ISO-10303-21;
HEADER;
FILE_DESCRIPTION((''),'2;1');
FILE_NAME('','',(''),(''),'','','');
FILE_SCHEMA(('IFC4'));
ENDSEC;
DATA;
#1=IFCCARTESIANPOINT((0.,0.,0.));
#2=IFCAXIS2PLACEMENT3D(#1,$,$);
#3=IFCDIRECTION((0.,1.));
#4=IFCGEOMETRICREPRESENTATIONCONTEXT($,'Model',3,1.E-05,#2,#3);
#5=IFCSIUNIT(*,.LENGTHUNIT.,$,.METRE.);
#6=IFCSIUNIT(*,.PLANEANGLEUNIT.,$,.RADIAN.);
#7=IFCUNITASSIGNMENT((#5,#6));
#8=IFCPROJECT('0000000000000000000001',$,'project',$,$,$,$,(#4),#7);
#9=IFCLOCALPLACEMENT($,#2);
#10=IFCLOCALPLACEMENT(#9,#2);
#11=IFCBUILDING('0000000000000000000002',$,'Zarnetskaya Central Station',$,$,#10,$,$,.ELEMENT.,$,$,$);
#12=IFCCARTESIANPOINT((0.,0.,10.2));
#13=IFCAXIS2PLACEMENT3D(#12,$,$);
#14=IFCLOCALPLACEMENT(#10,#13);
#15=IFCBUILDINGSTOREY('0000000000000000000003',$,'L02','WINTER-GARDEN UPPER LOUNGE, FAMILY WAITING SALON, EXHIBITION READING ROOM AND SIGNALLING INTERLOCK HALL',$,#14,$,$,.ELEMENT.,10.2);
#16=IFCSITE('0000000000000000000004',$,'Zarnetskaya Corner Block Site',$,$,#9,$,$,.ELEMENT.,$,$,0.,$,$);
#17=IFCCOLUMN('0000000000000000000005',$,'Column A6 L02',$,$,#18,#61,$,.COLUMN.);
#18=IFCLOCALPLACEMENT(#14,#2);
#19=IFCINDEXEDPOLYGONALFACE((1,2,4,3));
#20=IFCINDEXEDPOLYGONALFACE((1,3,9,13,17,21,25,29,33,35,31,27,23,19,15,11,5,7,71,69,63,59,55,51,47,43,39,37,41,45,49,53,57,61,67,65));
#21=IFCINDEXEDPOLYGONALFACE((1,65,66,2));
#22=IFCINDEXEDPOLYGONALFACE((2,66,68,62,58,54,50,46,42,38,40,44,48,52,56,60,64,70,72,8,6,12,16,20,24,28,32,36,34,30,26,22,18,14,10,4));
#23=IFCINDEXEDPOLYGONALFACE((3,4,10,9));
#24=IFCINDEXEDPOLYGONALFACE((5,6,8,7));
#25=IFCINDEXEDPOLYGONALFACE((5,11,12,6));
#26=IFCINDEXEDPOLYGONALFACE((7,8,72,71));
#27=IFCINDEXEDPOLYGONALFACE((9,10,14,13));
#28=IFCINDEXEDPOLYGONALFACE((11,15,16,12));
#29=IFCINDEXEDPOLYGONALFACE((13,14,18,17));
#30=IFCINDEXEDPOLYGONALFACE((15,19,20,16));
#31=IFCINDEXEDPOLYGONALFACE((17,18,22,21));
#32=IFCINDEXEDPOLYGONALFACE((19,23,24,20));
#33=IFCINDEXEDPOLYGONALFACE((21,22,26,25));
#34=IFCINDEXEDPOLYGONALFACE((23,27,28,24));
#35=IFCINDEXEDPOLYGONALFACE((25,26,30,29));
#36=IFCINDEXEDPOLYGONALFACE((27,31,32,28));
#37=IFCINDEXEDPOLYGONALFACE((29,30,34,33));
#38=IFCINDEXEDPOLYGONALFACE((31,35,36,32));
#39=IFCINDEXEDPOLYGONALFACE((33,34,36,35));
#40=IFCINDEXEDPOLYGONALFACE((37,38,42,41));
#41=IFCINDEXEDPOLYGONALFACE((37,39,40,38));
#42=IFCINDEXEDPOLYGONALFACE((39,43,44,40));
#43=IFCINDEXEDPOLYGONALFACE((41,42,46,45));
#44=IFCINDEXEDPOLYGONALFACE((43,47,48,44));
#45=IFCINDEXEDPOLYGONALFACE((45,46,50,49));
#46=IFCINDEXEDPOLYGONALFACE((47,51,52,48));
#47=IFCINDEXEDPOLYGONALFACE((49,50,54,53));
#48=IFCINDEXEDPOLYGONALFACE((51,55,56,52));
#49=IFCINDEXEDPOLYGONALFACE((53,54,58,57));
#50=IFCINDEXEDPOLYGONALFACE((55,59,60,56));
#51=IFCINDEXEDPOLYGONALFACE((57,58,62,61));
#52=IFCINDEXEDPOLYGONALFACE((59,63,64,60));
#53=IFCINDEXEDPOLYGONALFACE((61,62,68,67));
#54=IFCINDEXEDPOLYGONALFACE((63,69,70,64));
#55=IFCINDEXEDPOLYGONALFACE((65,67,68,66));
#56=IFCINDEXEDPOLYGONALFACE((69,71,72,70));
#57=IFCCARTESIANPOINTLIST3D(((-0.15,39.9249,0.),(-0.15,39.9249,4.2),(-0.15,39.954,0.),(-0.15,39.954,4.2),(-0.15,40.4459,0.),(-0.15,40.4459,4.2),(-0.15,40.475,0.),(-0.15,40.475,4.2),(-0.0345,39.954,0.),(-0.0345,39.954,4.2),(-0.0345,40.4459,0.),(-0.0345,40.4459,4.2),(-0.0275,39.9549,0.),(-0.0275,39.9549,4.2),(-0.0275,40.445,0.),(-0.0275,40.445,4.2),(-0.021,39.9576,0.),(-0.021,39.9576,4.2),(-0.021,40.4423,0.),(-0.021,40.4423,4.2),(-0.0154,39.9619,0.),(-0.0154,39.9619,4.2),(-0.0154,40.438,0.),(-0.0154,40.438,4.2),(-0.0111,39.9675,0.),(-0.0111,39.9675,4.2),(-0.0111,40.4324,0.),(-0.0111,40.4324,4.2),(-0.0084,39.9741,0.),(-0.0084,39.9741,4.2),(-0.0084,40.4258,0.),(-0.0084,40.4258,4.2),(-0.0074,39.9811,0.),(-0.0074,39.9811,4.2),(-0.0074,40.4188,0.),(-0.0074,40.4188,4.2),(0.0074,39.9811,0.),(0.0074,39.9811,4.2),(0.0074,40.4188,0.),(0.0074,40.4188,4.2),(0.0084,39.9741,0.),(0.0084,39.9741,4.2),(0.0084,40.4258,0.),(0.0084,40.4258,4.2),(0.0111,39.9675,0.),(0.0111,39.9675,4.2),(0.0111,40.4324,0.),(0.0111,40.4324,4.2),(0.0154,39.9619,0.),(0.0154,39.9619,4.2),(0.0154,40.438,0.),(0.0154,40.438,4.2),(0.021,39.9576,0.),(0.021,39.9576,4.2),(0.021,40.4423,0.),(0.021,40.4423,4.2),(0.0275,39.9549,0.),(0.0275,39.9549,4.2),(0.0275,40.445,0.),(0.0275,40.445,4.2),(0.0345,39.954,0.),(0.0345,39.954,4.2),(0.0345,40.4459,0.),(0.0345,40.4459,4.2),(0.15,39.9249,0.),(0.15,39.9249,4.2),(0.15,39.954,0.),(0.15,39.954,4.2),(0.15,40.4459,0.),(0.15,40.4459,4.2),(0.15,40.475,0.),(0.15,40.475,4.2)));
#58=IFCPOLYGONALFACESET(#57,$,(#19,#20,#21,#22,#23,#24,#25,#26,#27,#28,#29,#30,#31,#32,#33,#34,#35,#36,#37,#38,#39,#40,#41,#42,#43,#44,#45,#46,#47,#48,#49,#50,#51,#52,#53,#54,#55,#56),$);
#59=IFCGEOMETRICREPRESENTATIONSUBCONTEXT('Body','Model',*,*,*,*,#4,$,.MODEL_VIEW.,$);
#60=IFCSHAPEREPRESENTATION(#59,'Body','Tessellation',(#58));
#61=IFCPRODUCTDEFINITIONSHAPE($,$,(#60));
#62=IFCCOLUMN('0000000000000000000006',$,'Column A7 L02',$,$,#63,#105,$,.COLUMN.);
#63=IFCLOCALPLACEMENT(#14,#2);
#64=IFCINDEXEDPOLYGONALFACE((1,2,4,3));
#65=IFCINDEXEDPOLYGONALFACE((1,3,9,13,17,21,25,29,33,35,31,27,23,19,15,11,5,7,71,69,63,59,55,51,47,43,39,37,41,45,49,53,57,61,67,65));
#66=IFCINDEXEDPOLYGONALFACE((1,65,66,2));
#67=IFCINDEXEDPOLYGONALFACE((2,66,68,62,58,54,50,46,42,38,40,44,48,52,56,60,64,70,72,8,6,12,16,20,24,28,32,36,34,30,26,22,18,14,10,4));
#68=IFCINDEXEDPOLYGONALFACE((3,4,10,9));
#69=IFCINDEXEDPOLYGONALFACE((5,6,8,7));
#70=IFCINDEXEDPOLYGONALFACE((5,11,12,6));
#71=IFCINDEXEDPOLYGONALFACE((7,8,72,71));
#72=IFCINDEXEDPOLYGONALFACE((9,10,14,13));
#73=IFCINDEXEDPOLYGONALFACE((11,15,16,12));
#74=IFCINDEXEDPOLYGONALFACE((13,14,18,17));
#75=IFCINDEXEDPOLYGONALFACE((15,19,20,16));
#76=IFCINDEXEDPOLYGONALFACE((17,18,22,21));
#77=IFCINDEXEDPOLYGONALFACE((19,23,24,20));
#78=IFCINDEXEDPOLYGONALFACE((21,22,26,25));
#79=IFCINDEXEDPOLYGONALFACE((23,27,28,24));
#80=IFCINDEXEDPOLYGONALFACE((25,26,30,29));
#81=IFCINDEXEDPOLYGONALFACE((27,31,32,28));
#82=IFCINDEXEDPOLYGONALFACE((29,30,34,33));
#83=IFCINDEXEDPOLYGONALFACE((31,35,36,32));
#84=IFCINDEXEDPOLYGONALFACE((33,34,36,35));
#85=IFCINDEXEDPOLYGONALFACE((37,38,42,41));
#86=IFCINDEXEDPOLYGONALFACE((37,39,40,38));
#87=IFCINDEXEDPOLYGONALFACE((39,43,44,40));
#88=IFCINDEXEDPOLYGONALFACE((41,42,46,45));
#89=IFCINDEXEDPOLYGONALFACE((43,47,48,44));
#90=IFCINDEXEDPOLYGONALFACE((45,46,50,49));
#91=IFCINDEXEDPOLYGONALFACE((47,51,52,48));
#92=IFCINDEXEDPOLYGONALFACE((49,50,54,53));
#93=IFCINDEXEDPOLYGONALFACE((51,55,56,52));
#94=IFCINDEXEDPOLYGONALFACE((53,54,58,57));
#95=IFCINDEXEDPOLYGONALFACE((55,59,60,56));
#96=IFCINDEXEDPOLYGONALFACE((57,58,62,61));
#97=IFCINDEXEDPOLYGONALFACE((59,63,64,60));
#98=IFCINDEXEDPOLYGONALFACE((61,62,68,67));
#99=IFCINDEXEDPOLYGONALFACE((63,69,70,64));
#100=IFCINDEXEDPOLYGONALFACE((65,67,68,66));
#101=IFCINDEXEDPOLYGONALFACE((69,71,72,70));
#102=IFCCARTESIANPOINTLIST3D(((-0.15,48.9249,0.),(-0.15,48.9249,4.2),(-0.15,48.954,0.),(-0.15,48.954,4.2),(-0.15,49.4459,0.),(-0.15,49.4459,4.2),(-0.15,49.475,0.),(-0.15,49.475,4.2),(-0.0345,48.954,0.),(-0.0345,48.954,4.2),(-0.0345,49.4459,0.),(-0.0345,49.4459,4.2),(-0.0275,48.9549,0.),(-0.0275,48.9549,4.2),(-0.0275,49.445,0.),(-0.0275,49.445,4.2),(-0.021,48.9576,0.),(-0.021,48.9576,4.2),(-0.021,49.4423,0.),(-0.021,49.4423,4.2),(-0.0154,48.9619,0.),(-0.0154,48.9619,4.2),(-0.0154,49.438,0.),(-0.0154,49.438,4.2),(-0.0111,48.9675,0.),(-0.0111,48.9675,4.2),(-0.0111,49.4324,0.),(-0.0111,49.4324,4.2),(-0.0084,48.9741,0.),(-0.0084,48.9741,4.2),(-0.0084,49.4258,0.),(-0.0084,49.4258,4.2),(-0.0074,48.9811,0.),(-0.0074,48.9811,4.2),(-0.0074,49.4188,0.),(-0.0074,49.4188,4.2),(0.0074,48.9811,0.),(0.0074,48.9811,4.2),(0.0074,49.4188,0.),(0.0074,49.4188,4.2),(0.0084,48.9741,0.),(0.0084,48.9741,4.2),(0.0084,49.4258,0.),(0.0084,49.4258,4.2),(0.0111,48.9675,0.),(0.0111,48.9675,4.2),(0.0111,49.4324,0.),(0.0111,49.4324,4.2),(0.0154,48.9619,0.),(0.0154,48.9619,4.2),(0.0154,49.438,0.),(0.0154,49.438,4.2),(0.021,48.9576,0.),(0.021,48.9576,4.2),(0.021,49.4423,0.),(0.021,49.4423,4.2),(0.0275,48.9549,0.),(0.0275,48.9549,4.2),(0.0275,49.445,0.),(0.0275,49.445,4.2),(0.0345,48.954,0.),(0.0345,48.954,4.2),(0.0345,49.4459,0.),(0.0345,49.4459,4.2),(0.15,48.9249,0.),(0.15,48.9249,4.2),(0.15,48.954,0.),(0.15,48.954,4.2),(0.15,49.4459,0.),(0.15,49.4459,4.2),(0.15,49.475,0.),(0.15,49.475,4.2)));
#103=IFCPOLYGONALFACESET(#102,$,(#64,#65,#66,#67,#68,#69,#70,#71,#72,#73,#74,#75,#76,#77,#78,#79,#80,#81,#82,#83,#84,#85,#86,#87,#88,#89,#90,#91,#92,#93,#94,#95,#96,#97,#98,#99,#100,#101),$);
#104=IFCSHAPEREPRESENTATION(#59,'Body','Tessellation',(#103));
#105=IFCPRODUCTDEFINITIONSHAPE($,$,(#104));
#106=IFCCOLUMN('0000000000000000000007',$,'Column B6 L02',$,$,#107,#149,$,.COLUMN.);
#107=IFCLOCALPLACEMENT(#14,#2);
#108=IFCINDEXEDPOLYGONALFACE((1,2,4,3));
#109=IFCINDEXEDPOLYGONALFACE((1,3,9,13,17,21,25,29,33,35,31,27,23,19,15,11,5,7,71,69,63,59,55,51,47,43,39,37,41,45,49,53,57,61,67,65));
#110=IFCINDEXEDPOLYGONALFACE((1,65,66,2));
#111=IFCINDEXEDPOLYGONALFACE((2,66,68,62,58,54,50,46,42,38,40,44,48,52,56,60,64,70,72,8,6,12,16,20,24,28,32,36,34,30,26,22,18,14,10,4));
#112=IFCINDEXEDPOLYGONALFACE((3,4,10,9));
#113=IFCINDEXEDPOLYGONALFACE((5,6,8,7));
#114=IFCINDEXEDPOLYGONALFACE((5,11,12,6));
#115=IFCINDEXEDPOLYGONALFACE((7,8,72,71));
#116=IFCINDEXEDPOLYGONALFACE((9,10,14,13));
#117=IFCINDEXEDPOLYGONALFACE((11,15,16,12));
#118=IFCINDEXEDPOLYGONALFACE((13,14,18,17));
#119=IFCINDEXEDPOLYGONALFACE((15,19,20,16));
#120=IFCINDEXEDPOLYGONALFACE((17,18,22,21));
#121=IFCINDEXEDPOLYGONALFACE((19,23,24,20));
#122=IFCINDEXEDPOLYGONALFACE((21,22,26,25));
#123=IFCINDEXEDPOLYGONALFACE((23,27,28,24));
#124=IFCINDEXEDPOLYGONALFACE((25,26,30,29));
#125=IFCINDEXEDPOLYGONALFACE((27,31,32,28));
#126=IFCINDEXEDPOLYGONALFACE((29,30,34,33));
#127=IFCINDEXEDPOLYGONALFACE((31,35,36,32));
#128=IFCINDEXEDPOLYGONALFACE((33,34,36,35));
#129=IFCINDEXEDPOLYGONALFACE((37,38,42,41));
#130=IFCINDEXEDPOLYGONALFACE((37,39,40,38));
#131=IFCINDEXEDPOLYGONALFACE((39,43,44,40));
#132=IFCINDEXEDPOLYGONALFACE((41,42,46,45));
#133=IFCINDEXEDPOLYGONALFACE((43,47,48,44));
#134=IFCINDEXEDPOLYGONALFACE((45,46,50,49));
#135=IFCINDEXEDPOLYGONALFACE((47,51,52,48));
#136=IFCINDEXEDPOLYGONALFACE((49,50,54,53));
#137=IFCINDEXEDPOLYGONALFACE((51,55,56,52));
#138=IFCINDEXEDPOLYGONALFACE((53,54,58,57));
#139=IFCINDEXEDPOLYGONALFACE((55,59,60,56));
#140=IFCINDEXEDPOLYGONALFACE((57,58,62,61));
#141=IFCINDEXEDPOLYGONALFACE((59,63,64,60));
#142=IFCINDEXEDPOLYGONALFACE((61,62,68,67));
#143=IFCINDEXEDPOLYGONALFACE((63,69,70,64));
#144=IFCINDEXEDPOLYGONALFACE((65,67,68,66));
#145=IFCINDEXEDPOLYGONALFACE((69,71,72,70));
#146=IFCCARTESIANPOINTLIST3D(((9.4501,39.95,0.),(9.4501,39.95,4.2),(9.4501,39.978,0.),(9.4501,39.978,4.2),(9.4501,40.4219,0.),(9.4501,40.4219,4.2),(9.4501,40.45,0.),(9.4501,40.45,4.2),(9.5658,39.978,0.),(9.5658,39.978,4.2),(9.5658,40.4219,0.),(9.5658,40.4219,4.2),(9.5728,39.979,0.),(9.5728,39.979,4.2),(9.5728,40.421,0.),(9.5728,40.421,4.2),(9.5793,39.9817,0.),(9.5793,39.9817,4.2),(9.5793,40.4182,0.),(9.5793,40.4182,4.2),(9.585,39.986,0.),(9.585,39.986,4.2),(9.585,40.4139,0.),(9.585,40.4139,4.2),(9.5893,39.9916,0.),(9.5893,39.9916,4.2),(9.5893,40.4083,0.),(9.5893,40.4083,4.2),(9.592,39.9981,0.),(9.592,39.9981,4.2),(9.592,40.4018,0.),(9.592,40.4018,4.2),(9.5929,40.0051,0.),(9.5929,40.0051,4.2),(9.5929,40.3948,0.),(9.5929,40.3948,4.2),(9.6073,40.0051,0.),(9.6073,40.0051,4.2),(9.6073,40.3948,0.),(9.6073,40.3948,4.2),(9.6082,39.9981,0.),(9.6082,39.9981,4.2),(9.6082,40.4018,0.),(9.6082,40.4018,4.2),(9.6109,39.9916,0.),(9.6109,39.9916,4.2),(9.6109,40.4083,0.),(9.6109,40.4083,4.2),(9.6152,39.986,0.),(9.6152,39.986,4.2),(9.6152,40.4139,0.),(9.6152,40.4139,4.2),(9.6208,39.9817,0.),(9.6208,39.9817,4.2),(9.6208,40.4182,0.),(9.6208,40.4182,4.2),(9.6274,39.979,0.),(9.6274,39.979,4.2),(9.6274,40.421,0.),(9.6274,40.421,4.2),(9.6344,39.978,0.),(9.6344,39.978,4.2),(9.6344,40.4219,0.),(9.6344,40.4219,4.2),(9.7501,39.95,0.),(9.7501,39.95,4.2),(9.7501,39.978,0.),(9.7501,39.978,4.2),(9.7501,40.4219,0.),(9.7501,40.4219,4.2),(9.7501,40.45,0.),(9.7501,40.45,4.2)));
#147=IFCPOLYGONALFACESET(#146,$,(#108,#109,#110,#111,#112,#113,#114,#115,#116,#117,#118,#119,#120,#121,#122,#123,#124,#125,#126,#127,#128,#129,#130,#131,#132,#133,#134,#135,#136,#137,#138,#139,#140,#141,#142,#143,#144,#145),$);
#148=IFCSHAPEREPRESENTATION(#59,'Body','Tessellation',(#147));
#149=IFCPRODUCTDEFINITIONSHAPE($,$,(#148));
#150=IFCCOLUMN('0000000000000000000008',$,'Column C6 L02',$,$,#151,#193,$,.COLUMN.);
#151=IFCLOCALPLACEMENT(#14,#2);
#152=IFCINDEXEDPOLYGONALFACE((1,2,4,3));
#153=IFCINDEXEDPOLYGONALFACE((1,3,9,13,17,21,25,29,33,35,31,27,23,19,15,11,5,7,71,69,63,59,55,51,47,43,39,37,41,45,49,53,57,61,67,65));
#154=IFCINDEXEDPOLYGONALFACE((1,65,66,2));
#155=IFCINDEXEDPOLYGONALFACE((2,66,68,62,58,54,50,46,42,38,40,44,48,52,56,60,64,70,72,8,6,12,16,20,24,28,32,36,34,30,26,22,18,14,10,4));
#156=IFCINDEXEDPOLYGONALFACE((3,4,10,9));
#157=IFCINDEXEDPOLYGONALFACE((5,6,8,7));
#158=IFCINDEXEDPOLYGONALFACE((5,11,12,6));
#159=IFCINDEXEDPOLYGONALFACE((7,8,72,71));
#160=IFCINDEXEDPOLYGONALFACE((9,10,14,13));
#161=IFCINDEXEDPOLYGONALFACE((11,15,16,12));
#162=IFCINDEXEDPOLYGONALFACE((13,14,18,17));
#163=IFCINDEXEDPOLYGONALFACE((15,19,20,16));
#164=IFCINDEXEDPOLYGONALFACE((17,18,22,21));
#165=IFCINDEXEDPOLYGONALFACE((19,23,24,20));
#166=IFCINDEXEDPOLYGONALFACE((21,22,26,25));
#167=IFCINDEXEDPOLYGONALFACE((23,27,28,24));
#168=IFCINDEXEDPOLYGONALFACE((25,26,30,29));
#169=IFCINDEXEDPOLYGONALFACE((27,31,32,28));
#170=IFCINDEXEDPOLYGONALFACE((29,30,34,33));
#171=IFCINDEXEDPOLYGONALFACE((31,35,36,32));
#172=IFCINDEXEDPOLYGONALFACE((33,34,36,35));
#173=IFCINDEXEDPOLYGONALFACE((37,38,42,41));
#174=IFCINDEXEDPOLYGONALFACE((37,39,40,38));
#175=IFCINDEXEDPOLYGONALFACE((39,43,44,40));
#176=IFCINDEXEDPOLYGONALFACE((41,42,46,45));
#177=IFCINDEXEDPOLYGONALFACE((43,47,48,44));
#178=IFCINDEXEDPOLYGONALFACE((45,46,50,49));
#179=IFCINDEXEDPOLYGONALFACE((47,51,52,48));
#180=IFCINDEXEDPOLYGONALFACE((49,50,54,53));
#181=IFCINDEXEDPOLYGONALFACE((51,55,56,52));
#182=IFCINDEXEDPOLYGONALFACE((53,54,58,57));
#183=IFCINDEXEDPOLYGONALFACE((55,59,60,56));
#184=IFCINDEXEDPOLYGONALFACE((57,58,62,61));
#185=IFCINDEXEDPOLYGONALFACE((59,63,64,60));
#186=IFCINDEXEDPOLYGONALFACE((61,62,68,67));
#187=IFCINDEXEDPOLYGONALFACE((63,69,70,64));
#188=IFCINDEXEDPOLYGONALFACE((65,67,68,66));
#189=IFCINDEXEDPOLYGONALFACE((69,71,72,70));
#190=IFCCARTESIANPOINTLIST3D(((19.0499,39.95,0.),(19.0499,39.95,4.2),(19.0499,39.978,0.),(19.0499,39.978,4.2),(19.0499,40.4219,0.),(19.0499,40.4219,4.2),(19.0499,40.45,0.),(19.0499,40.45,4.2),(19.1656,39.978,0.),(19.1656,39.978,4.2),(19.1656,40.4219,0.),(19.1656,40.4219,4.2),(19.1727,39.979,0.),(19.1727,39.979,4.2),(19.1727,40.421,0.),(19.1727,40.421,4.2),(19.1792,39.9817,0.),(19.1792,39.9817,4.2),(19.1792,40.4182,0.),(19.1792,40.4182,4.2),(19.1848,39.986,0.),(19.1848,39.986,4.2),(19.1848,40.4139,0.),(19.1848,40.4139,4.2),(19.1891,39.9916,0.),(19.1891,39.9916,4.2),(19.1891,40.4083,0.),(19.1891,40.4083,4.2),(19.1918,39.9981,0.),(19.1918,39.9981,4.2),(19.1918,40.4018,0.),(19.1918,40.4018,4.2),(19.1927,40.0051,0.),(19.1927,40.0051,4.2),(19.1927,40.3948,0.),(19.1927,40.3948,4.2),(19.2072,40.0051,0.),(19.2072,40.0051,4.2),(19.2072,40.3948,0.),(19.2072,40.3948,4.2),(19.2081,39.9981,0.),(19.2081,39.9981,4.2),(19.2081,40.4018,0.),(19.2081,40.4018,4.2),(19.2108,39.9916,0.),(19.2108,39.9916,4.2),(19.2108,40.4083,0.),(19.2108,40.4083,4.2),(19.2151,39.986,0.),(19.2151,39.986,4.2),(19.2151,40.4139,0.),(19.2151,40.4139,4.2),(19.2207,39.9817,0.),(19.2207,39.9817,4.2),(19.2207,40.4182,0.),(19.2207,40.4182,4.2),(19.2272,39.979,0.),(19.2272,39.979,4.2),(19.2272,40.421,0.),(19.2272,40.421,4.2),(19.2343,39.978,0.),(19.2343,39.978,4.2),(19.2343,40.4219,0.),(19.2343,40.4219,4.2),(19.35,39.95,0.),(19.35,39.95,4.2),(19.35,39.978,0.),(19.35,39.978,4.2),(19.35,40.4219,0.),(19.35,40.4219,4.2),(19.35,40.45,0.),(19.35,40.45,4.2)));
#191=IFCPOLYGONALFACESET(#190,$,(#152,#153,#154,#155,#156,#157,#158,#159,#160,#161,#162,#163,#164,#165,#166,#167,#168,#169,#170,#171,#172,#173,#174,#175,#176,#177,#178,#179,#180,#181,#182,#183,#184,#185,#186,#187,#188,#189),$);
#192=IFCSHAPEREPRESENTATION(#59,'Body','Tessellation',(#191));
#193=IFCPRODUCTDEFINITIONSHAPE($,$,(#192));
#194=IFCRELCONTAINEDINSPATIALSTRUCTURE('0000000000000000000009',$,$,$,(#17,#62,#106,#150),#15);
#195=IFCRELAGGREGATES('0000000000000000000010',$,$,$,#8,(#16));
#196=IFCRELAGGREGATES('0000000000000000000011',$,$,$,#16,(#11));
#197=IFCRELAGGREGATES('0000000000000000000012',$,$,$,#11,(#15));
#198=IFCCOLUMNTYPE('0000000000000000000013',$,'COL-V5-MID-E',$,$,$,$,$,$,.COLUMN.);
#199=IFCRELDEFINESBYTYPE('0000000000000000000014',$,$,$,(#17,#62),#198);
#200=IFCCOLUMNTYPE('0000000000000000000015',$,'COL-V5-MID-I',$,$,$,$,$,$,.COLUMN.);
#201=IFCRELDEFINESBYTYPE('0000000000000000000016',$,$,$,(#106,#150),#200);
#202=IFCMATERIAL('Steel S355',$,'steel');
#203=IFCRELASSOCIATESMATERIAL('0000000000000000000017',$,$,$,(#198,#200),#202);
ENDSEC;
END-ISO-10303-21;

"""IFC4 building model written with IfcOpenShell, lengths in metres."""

from ifc_helpers import new_model, si_unit, direction, frame, origin, origin_2d, place, context, subcontext, project, spatial, i_section, extrude, material, material_profile, profile_set, type_object, element, save


model = new_model("IFC4")

# Units and contexts
model_context = context("Model", 3, precision=1e-05, world=origin(), true_north=direction((0.0, 1.0)))
body_context = subcontext(model_context, "Body", "Model", "MODEL_VIEW")
ifc_project = project(units=[si_unit("LENGTHUNIT", "METRE"), si_unit("PLANEANGLEUNIT", "RADIAN")], contexts=[model_context])

# Site, building, storey
site_placement = place(None, origin())
site = spatial("IfcSite", under=ifc_project, at=site_placement, Name="Zarnetskaya Corner Block Site", CompositionType="ELEMENT", RefElevation=0.0)
building_placement = place(site_placement, origin())
building = spatial("IfcBuilding", under=site, at=building_placement, Name="Zarnetskaya Central Station", CompositionType="ELEMENT")
storey_placement = place(building_placement, frame((0.0, 0.0, 10.2)))
storey = spatial("IfcBuildingStorey", under=building, at=storey_placement, Name="L02", Description="WINTER-GARDEN UPPER LOUNGE, FAMILY WAITING SALON, EXHIBITION READING ROOM AND SIGNALLING INTERLOCK HALL", CompositionType="ELEMENT", Elevation=10.2)

# Columns
ifc_material_1 = material(Name="Steel S355", Category="steel")
ifc_material_profile_1 = material_profile(ifc_material_1, i_section(OverallWidth=0.3, OverallDepth=0.55, WebThickness=0.0149, FlangeThickness=0.0291, FilletRadius=0.0271, at=origin_2d()), Name="HEB 550")
ifc_profile_set_1 = profile_set([ifc_material_profile_1], Name="Steel S355")
column_type_1 = type_object("IfcColumnType", Name="COL-V5-MID-E", PredefinedType="COLUMN", material=ifc_profile_set_1)
for number, where, z_axis, x_axis, name in (
    (1, (0.0, 40.2, 0.0), (0.0, 0.0, 1.0), (1.0, 0.0, 0.0), "Column A6 L02"),
    (2, (0.0, 49.2, 0.0), (0.0, 0.0, 1.0), (1.0, 0.0, 0.0), "Column A7 L02"),
):
    element("IfcColumn", number, at=place(storey_placement, frame(where, z_axis=z_axis, x_axis=x_axis)), inside=storey, type_object=column_type_1, Name=name, PredefinedType="COLUMN", context=body_context, shape_type="SweptSolid", body=[
        extrude(i_section(OverallWidth=0.3, OverallDepth=0.55, WebThickness=0.0149, FlangeThickness=0.0291, FilletRadius=0.0271, at=origin_2d()), origin(), (0.0, 0.0, 1.0), 4.2),
    ])
ifc_material_profile_2 = material_profile(ifc_material_1, i_section(OverallWidth=0.3, OverallDepth=0.5, WebThickness=0.0144, FlangeThickness=0.0281, FilletRadius=0.0271, at=origin_2d()), Name="HEB 500")
ifc_profile_set_2 = profile_set([ifc_material_profile_2], Name="Steel S355")
column_type_2 = type_object("IfcColumnType", Name="COL-V5-MID-I", PredefinedType="COLUMN", material=ifc_profile_set_2)
for number, where, z_axis, x_axis, name in (
    (3, (9.6001, 40.2, 0.0), (0.0, 0.0, 1.0), (1.0, 0.0, 0.0), "Column B6 L02"),
    (4, (19.2, 40.2, 0.0), (0.0, 0.0, 1.0), (1.0, 0.0, 0.0), "Column C6 L02"),
):
    element("IfcColumn", number, at=place(storey_placement, frame(where, z_axis=z_axis, x_axis=x_axis)), inside=storey, type_object=column_type_2, Name=name, PredefinedType="COLUMN", context=body_context, shape_type="SweptSolid", body=[
        extrude(i_section(OverallWidth=0.3, OverallDepth=0.5, WebThickness=0.0144, FlangeThickness=0.0281, FilletRadius=0.0271, at=origin_2d()), origin(), (0.0, 0.0, 1.0), 4.2),
    ])

save(model, "model.ifc")
